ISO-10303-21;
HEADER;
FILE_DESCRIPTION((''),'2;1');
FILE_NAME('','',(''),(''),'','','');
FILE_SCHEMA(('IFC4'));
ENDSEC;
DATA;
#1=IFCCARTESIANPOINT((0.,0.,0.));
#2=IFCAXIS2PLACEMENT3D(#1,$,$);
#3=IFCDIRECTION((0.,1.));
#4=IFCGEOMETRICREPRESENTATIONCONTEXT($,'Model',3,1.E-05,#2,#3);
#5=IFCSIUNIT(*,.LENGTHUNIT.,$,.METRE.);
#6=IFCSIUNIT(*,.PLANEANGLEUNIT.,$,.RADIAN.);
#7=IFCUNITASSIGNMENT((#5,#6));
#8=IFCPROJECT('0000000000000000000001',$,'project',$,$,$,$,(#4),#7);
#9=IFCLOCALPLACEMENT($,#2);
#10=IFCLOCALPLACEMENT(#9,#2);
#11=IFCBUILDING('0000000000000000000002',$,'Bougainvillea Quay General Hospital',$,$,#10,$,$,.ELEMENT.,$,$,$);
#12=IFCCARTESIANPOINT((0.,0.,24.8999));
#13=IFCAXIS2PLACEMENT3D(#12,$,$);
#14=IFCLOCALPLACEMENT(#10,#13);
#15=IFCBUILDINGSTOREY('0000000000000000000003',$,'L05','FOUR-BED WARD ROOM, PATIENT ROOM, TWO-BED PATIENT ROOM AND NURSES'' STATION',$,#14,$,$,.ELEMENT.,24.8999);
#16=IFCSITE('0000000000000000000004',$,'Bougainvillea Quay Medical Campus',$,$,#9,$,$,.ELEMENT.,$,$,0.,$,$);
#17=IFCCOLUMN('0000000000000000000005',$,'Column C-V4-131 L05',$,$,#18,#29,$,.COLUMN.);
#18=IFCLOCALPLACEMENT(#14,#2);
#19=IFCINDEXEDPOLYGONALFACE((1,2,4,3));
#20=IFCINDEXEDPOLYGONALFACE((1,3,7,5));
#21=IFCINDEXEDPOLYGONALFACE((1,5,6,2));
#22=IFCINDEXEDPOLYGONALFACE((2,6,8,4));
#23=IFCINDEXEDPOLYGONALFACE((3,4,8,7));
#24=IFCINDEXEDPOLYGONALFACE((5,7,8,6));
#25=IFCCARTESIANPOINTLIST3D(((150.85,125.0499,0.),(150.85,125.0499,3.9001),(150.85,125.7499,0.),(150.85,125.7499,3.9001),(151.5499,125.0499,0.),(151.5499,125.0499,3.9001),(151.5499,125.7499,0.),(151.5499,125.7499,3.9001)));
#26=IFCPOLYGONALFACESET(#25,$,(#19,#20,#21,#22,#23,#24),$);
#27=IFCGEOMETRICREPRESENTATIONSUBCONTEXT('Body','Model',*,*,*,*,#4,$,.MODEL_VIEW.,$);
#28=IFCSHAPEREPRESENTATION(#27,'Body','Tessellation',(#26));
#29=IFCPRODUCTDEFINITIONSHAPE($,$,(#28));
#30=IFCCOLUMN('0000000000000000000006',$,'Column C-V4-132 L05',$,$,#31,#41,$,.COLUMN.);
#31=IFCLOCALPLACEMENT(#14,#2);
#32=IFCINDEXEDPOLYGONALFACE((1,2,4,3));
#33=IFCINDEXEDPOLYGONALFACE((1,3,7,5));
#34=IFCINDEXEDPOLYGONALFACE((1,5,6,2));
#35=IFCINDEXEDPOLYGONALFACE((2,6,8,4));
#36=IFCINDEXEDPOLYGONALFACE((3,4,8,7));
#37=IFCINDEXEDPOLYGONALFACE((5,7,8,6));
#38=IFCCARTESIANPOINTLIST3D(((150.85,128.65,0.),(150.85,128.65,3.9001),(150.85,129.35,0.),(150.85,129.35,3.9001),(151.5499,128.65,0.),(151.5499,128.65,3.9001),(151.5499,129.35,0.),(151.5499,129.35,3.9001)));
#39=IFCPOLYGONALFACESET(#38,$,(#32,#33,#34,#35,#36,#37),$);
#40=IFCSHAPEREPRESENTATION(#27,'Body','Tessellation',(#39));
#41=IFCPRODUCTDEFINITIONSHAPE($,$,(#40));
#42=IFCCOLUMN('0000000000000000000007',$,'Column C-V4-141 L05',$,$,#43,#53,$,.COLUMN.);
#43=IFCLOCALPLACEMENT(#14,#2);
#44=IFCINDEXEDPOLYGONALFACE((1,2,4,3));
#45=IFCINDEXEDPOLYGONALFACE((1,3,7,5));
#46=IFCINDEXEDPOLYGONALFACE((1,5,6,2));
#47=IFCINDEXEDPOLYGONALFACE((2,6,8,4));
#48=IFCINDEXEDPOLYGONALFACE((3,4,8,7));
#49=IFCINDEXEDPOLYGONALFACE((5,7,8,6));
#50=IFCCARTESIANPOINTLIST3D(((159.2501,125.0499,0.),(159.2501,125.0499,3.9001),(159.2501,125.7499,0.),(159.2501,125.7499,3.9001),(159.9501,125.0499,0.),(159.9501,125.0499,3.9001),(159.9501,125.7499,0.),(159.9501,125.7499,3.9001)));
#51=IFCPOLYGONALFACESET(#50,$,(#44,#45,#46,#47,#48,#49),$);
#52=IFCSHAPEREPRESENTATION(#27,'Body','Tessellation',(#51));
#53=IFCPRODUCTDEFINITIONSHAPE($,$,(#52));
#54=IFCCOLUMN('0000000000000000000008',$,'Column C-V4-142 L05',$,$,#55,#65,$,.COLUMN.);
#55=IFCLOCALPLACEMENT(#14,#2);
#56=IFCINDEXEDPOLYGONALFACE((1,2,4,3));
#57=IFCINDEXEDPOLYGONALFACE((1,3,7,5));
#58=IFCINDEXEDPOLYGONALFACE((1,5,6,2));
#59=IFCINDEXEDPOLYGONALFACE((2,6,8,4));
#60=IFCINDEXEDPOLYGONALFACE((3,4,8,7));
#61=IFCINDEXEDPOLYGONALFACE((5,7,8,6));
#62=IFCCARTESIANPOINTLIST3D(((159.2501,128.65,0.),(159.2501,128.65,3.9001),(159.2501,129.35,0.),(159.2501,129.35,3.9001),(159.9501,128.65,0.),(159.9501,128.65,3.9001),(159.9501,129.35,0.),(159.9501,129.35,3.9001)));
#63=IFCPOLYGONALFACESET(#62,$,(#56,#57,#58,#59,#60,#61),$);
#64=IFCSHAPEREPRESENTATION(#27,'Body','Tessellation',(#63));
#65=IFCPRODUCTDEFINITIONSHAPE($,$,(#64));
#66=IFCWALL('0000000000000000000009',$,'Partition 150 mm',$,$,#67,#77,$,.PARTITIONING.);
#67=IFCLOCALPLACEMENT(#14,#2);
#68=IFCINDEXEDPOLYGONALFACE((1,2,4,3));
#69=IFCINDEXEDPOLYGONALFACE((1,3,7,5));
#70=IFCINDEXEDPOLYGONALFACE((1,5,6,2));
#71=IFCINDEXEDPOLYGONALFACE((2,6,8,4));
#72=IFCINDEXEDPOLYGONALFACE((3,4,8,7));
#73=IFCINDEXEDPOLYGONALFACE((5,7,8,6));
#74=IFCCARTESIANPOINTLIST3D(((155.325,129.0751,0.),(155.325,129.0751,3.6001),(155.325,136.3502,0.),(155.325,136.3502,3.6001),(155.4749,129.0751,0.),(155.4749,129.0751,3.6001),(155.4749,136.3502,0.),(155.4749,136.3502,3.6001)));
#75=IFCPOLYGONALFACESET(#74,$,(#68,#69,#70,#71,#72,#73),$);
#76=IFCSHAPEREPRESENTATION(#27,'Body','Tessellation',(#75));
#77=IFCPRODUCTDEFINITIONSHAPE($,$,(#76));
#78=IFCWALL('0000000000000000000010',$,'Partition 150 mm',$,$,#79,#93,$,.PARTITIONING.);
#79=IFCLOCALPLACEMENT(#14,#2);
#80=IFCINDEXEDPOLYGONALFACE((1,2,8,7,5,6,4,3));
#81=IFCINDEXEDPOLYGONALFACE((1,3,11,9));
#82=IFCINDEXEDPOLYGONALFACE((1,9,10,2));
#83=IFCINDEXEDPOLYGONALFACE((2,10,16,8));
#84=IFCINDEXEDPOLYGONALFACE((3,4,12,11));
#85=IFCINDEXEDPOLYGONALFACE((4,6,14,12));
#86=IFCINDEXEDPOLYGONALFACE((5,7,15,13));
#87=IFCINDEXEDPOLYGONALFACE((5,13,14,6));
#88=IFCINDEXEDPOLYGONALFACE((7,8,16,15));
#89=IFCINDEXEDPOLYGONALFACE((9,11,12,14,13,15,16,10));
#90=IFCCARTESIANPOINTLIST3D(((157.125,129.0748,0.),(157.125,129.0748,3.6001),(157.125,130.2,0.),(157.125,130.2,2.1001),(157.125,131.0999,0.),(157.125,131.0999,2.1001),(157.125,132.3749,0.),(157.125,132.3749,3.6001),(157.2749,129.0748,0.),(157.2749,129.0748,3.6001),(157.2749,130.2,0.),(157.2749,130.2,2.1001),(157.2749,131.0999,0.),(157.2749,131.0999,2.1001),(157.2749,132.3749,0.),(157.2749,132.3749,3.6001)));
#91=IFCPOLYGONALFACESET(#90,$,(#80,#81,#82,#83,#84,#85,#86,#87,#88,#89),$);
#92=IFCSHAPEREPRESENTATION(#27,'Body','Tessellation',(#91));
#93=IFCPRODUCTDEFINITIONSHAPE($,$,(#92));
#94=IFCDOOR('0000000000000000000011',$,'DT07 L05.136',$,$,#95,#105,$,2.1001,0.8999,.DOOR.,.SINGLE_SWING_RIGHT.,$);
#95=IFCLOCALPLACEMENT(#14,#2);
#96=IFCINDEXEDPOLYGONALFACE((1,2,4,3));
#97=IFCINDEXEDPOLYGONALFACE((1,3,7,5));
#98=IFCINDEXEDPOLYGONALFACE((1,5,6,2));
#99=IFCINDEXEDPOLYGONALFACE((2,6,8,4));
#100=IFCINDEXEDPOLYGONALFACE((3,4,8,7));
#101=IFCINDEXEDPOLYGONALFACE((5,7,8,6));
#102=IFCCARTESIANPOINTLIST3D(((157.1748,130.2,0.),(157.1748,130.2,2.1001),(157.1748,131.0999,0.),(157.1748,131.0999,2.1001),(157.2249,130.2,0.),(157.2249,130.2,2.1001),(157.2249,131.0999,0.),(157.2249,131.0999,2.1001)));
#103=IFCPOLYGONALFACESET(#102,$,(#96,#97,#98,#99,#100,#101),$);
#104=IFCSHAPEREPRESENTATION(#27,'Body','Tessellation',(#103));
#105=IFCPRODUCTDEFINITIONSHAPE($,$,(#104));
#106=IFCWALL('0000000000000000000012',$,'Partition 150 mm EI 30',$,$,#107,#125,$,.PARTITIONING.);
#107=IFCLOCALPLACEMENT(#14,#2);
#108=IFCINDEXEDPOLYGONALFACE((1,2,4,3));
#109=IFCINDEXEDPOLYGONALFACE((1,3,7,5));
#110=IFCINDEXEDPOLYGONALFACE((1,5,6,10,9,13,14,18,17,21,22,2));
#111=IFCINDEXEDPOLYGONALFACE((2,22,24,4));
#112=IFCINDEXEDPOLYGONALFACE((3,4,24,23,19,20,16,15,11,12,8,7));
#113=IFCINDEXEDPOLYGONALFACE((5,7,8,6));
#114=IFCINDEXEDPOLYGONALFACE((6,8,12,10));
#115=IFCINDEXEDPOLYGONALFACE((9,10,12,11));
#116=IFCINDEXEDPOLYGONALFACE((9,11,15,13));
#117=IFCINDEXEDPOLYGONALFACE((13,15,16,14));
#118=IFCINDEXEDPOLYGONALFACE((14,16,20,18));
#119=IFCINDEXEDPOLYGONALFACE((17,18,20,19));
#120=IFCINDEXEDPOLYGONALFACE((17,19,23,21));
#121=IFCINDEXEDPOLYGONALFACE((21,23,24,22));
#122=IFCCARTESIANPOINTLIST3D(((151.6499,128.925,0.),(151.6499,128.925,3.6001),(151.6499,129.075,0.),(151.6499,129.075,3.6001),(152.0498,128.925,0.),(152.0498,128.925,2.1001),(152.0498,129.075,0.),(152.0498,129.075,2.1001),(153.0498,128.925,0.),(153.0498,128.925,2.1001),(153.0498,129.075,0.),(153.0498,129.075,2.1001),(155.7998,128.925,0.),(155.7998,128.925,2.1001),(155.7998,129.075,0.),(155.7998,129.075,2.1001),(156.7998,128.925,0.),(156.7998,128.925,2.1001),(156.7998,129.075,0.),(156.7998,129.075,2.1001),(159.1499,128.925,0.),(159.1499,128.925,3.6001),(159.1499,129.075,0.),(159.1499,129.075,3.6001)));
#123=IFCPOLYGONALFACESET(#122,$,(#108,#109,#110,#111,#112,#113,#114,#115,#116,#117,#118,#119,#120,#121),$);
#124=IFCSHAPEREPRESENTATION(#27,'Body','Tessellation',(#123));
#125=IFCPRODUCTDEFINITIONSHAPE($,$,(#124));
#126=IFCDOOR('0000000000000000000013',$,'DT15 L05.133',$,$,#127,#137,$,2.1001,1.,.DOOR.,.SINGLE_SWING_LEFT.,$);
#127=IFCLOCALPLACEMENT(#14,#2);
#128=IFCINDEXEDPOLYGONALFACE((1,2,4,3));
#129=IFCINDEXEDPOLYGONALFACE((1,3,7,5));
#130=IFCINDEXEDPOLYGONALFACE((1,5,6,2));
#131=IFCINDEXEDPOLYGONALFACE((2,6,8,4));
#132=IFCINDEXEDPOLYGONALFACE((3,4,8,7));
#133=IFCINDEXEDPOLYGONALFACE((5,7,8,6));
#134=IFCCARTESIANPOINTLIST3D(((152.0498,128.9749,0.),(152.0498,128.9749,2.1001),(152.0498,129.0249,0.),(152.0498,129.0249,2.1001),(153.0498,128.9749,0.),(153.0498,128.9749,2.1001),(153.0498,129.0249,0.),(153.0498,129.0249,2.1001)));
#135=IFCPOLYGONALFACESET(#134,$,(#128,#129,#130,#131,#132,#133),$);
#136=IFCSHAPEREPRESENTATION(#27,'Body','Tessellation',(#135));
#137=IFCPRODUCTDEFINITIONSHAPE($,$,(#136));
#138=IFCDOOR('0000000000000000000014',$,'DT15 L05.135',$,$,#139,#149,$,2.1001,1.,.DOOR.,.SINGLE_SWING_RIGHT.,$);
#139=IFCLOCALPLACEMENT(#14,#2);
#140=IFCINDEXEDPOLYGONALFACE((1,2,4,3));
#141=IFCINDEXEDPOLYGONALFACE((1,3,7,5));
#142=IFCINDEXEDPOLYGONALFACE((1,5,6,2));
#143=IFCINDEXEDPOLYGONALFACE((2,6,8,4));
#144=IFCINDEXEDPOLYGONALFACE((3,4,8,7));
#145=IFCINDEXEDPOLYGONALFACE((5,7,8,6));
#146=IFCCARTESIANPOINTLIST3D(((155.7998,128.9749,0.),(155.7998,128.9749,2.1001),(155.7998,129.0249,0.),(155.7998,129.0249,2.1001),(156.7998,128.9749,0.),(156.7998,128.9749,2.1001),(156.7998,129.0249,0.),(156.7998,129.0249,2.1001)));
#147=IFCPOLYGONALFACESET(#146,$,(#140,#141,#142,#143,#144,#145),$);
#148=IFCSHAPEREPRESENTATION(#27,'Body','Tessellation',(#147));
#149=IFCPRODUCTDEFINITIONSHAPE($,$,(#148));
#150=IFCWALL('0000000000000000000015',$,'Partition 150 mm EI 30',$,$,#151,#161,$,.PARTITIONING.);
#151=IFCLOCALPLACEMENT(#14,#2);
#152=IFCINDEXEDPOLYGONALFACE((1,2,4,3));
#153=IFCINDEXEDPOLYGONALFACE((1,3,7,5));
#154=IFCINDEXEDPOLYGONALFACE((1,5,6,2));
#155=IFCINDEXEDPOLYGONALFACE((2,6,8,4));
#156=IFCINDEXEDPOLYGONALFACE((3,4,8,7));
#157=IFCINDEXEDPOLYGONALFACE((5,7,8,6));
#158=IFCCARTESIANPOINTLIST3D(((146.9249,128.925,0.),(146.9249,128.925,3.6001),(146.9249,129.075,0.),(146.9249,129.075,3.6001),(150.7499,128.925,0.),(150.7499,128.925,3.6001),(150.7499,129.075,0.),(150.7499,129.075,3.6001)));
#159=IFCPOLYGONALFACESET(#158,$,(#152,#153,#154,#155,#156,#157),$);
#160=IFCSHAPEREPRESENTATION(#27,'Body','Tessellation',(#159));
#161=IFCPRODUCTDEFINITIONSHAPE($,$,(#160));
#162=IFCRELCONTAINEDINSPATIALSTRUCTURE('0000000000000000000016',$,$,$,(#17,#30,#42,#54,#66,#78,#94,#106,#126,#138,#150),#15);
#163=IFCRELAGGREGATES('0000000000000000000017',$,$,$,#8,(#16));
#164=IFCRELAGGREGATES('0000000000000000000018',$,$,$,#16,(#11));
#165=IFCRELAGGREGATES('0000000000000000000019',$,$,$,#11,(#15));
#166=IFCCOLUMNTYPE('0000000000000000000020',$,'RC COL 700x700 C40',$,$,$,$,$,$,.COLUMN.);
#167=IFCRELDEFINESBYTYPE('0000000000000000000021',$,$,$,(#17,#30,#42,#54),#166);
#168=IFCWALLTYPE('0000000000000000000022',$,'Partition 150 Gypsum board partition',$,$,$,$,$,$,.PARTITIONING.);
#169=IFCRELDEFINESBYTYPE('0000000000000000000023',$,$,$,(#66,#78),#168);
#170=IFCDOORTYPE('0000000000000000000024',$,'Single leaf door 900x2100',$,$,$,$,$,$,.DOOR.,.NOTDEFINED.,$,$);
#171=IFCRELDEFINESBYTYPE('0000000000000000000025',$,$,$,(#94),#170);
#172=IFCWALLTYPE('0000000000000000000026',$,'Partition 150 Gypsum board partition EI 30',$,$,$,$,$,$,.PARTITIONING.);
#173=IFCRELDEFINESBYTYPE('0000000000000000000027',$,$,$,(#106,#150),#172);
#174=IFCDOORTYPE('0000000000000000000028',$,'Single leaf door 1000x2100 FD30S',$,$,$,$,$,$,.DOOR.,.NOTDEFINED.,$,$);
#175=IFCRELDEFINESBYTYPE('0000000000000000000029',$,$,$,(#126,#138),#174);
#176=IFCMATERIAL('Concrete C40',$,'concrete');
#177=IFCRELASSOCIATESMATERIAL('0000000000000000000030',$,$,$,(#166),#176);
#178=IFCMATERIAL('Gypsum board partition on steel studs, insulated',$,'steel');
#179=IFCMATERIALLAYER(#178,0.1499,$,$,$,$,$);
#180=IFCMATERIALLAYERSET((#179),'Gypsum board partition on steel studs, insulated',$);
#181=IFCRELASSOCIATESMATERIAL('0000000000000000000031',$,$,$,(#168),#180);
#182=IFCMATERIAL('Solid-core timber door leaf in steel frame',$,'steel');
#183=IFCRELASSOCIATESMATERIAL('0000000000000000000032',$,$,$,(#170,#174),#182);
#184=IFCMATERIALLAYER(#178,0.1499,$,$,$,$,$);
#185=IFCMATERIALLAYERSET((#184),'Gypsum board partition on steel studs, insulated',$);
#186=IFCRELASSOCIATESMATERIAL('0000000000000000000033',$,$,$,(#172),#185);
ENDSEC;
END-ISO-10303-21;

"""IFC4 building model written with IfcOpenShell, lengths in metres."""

from ifc_helpers import new_model, si_unit, direction, frame, frame_2d, origin, origin_2d, place, context, subcontext, project, spatial, rectangle, extrude, material, layer, layer_set, material_profile, profile_set, type_object, element, fill, save


model = new_model("IFC4")

# Units and contexts
model_context = context("Model", 3, precision=1e-05, world=origin(), true_north=direction((0.0, 1.0)))
body_context = subcontext(model_context, "Body", "Model", "MODEL_VIEW")
ifc_project = project(units=[si_unit("LENGTHUNIT", "METRE"), si_unit("PLANEANGLEUNIT", "RADIAN")], contexts=[model_context])

# Site, building, storey
site_placement = place(None, origin())
site = spatial("IfcSite", under=ifc_project, at=site_placement, Name="Bougainvillea Quay Medical Campus", CompositionType="ELEMENT", RefElevation=0.0)
building_placement = place(site_placement, origin())
building = spatial("IfcBuilding", under=site, at=building_placement, Name="Bougainvillea Quay General Hospital", CompositionType="ELEMENT")
storey_placement = place(building_placement, frame((0.0, 0.0, 24.8999)))
storey = spatial("IfcBuildingStorey", under=building, at=storey_placement, Name="L05", Description="FOUR-BED WARD ROOM, PATIENT ROOM, TWO-BED PATIENT ROOM AND NURSES' STATION", CompositionType="ELEMENT", Elevation=24.8999)

# Columns
ifc_material_1 = material(Name="Concrete C40", Category="concrete")
ifc_material_profile = material_profile(ifc_material_1, rectangle(XDim=0.7, YDim=0.7, at=origin_2d()))
ifc_profile_set = profile_set([ifc_material_profile], Name="Concrete C40")
column_type = type_object("IfcColumnType", Name="RC COL 700x700 C40", PredefinedType="COLUMN", material=ifc_profile_set)
for number, where, z_axis, x_axis, name in (
    (1, (151.2, 125.3999, 0.0), (0.0, 0.0, 1.0), (1.0, 0.0, 0.0), "Column C-V4-131 L05"),
    (2, (151.2, 129.0, 0.0), (0.0, 0.0, 1.0), (1.0, 0.0, 0.0), "Column C-V4-132 L05"),
    (3, (159.6001, 125.3999, 0.0), (0.0, 0.0, 1.0), (1.0, 0.0, 0.0), "Column C-V4-141 L05"),
    (4, (159.6001, 129.0, 0.0), (0.0, 0.0, 1.0), (1.0, 0.0, 0.0), "Column C-V4-142 L05"),
):
    element("IfcColumn", number, at=place(storey_placement, frame(where, z_axis=z_axis, x_axis=x_axis)), inside=storey, type_object=column_type, Name=name, PredefinedType="COLUMN", context=body_context, shape_type="SweptSolid", body=[
        extrude(rectangle(XDim=0.7, YDim=0.7, at=origin_2d()), origin(), (0.0, 0.0, 1.0), 3.9001),
    ])

# Wall
ifc_material_2 = material(Name="Gypsum board partition on steel studs, insulated", Category="steel")
ifc_layer_1 = layer(ifc_material_2, 0.1499)
ifc_layer_set_1 = layer_set([ifc_layer_1], Name="Gypsum board partition on steel studs, insulated")
wall_type_1 = type_object("IfcWallType", Name="Partition 150 Gypsum board partition", PredefinedType="PARTITIONING", material=ifc_layer_set_1)
wall_1_placement = place(storey_placement, frame((155.3999, 129.075, 0.0), z_axis=(0.0, 0.0, 1.0), x_axis=(0.0, 1.0, 0.0)))
element("IfcWall", 5, at=wall_1_placement, inside=storey, type_object=wall_type_1, Name="Partition 150 mm", PredefinedType="PARTITIONING", context=body_context, shape_type="SweptSolid", body=[
    extrude(rectangle(XDim=7.2751, YDim=0.1499, at=frame_2d((3.6377, 0.0))), origin(), (0.0, 0.0, 1.0), 3.6001),
])

# Wall, opening, door
wall_2_placement = place(storey_placement, frame((157.2, 129.075, 0.0), z_axis=(0.0, 0.0, 1.0), x_axis=(0.0, 1.0, 0.0)))
wall_2 = element("IfcWall", 6, at=wall_2_placement, inside=storey, type_object=wall_type_1, Name="Partition 150 mm", PredefinedType="PARTITIONING", context=body_context, shape_type="SweptSolid", body=[
    extrude(rectangle(XDim=3.3, YDim=0.1499, at=frame_2d((1.6499, 0.0))), origin(), (0.0, 0.0, 1.0), 3.6001),
])
opening_1_placement = place(wall_2_placement, frame((1.125, 0.0, 0.0)))
opening_1 = element("IfcOpeningElement", 7, at=opening_1_placement, cuts=wall_2, PredefinedType="OPENING", context=body_context, shape_type="SweptSolid", body=[
    extrude(rectangle(XDim=0.8999, YDim=2.1001, at=frame_2d((0.45, 1.05))), frame((0.0, 0.085, 0.0), z_axis=(0.0, -1.0, 0.0), x_axis=(1.0, 0.0, 0.0)), (0.0, 0.0, 1.0), 0.1699),
])
ifc_material_3 = material(Name="Solid-core timber door leaf in steel frame", Category="steel")
door_type_1 = type_object("IfcDoorType", Name="Single leaf door 900x2100", OperationType="NOTDEFINED", PredefinedType="DOOR", material=ifc_material_3)
door_1_placement = place(opening_1_placement, frame((0.8999, 0.0, 0.0), z_axis=(0.0, 0.0, 1.0), x_axis=(-1.0, 0.0, 0.0)))
door_1 = element("IfcDoor", 8, at=door_1_placement, inside=storey, type_object=door_type_1, Name="DT07 L05.136", OperationType="SINGLE_SWING_RIGHT", OverallHeight=2.1001, OverallWidth=0.8999, PredefinedType="DOOR", context=body_context, shape_type="SweptSolid", body=[
    extrude(rectangle(XDim=0.8999, YDim=2.1001, at=frame_2d((0.45, 1.05))), frame((0.0, 0.0249, 0.0), z_axis=(0.0, -1.0, 0.0), x_axis=(1.0, 0.0, 0.0)), (0.0, 0.0, 1.0), 0.05),
])
fill(opening_1, door_1)

# Wall, openings, doors
ifc_layer_2 = layer(ifc_material_2, 0.1499)
ifc_layer_set_2 = layer_set([ifc_layer_2], Name="Gypsum board partition on steel studs, insulated")
wall_type_2 = type_object("IfcWallType", Name="Partition 150 Gypsum board partition EI 30", PredefinedType="PARTITIONING", material=ifc_layer_set_2)
wall_3_placement = place(storey_placement, frame((159.1499, 129.0, 0.0), z_axis=(0.0, 0.0, 1.0), x_axis=(-1.0, 0.0, 0.0)))
wall_3 = element("IfcWall", 9, at=wall_3_placement, inside=storey, type_object=wall_type_2, Name="Partition 150 mm EI 30", PredefinedType="PARTITIONING", context=body_context, shape_type="SweptSolid", body=[
    extrude(rectangle(XDim=7.5, YDim=0.1499, at=frame_2d((3.75, 0.0))), origin(), (0.0, 0.0, 1.0), 3.6001),
])
opening_2_placement = place(wall_3_placement, frame((6.1001, 0.0, 0.0)))
opening_2 = element("IfcOpeningElement", 10, at=opening_2_placement, cuts=wall_3, PredefinedType="OPENING", context=body_context, shape_type="SweptSolid", body=[
    extrude(rectangle(XDim=1.0, YDim=2.1001, at=frame_2d((0.5, 1.05))), frame((0.0, 0.085, 0.0), z_axis=(0.0, -1.0, 0.0), x_axis=(1.0, 0.0, 0.0)), (0.0, 0.0, 1.0), 0.1699),
])
opening_3_placement = place(wall_3_placement, frame((2.3501, 0.0, 0.0)))
opening_3 = element("IfcOpeningElement", 11, at=opening_3_placement, cuts=wall_3, PredefinedType="OPENING", context=body_context, shape_type="SweptSolid", body=[
    extrude(rectangle(XDim=1.0, YDim=2.1001, at=frame_2d((0.5, 1.05))), frame((0.0, 0.085, 0.0), z_axis=(0.0, -1.0, 0.0), x_axis=(1.0, 0.0, 0.0)), (0.0, 0.0, 1.0), 0.1699),
])
door_type_2 = type_object("IfcDoorType", Name="Single leaf door 1000x2100 FD30S", OperationType="NOTDEFINED", PredefinedType="DOOR", material=ifc_material_3)
door_2_placement = place(opening_2_placement, frame((1.0, 0.0, 0.0), z_axis=(0.0, 0.0, 1.0), x_axis=(-1.0, 0.0, 0.0)))
door_2 = element("IfcDoor", 12, at=door_2_placement, inside=storey, type_object=door_type_2, Name="DT15 L05.133", OperationType="SINGLE_SWING_LEFT", OverallHeight=2.1001, OverallWidth=1.0, PredefinedType="DOOR", context=body_context, shape_type="SweptSolid", body=[
    extrude(rectangle(XDim=1.0, YDim=2.1001, at=frame_2d((0.5, 1.05))), frame((0.0, 0.0249, 0.0), z_axis=(0.0, -1.0, 0.0), x_axis=(1.0, 0.0, 0.0)), (0.0, 0.0, 1.0), 0.05),
])
fill(opening_2, door_2)
door_3_placement = place(opening_3_placement, frame((1.0, 0.0, 0.0), z_axis=(0.0, 0.0, 1.0), x_axis=(-1.0, 0.0, 0.0)))
door_3 = element("IfcDoor", 13, at=door_3_placement, inside=storey, type_object=door_type_2, Name="DT15 L05.135", OperationType="SINGLE_SWING_RIGHT", OverallHeight=2.1001, OverallWidth=1.0, PredefinedType="DOOR", context=body_context, shape_type="SweptSolid", body=[
    extrude(rectangle(XDim=1.0, YDim=2.1001, at=frame_2d((0.5, 1.05))), frame((0.0, 0.0249, 0.0), z_axis=(0.0, -1.0, 0.0), x_axis=(1.0, 0.0, 0.0)), (0.0, 0.0, 1.0), 0.05),
])
fill(opening_3, door_3)

# Wall
wall_4_placement = place(storey_placement, frame((150.75, 129.0, 0.0), z_axis=(0.0, 0.0, 1.0), x_axis=(-1.0, 0.0, 0.0)))
element("IfcWall", 14, at=wall_4_placement, inside=storey, type_object=wall_type_2, Name="Partition 150 mm EI 30", PredefinedType="PARTITIONING", context=body_context, shape_type="SweptSolid", body=[
    extrude(rectangle(XDim=3.825, YDim=0.1499, at=frame_2d((1.9126, 0.0))), origin(), (0.0, 0.0, 1.0), 3.6001),
])

save(model, "model.ifc")
